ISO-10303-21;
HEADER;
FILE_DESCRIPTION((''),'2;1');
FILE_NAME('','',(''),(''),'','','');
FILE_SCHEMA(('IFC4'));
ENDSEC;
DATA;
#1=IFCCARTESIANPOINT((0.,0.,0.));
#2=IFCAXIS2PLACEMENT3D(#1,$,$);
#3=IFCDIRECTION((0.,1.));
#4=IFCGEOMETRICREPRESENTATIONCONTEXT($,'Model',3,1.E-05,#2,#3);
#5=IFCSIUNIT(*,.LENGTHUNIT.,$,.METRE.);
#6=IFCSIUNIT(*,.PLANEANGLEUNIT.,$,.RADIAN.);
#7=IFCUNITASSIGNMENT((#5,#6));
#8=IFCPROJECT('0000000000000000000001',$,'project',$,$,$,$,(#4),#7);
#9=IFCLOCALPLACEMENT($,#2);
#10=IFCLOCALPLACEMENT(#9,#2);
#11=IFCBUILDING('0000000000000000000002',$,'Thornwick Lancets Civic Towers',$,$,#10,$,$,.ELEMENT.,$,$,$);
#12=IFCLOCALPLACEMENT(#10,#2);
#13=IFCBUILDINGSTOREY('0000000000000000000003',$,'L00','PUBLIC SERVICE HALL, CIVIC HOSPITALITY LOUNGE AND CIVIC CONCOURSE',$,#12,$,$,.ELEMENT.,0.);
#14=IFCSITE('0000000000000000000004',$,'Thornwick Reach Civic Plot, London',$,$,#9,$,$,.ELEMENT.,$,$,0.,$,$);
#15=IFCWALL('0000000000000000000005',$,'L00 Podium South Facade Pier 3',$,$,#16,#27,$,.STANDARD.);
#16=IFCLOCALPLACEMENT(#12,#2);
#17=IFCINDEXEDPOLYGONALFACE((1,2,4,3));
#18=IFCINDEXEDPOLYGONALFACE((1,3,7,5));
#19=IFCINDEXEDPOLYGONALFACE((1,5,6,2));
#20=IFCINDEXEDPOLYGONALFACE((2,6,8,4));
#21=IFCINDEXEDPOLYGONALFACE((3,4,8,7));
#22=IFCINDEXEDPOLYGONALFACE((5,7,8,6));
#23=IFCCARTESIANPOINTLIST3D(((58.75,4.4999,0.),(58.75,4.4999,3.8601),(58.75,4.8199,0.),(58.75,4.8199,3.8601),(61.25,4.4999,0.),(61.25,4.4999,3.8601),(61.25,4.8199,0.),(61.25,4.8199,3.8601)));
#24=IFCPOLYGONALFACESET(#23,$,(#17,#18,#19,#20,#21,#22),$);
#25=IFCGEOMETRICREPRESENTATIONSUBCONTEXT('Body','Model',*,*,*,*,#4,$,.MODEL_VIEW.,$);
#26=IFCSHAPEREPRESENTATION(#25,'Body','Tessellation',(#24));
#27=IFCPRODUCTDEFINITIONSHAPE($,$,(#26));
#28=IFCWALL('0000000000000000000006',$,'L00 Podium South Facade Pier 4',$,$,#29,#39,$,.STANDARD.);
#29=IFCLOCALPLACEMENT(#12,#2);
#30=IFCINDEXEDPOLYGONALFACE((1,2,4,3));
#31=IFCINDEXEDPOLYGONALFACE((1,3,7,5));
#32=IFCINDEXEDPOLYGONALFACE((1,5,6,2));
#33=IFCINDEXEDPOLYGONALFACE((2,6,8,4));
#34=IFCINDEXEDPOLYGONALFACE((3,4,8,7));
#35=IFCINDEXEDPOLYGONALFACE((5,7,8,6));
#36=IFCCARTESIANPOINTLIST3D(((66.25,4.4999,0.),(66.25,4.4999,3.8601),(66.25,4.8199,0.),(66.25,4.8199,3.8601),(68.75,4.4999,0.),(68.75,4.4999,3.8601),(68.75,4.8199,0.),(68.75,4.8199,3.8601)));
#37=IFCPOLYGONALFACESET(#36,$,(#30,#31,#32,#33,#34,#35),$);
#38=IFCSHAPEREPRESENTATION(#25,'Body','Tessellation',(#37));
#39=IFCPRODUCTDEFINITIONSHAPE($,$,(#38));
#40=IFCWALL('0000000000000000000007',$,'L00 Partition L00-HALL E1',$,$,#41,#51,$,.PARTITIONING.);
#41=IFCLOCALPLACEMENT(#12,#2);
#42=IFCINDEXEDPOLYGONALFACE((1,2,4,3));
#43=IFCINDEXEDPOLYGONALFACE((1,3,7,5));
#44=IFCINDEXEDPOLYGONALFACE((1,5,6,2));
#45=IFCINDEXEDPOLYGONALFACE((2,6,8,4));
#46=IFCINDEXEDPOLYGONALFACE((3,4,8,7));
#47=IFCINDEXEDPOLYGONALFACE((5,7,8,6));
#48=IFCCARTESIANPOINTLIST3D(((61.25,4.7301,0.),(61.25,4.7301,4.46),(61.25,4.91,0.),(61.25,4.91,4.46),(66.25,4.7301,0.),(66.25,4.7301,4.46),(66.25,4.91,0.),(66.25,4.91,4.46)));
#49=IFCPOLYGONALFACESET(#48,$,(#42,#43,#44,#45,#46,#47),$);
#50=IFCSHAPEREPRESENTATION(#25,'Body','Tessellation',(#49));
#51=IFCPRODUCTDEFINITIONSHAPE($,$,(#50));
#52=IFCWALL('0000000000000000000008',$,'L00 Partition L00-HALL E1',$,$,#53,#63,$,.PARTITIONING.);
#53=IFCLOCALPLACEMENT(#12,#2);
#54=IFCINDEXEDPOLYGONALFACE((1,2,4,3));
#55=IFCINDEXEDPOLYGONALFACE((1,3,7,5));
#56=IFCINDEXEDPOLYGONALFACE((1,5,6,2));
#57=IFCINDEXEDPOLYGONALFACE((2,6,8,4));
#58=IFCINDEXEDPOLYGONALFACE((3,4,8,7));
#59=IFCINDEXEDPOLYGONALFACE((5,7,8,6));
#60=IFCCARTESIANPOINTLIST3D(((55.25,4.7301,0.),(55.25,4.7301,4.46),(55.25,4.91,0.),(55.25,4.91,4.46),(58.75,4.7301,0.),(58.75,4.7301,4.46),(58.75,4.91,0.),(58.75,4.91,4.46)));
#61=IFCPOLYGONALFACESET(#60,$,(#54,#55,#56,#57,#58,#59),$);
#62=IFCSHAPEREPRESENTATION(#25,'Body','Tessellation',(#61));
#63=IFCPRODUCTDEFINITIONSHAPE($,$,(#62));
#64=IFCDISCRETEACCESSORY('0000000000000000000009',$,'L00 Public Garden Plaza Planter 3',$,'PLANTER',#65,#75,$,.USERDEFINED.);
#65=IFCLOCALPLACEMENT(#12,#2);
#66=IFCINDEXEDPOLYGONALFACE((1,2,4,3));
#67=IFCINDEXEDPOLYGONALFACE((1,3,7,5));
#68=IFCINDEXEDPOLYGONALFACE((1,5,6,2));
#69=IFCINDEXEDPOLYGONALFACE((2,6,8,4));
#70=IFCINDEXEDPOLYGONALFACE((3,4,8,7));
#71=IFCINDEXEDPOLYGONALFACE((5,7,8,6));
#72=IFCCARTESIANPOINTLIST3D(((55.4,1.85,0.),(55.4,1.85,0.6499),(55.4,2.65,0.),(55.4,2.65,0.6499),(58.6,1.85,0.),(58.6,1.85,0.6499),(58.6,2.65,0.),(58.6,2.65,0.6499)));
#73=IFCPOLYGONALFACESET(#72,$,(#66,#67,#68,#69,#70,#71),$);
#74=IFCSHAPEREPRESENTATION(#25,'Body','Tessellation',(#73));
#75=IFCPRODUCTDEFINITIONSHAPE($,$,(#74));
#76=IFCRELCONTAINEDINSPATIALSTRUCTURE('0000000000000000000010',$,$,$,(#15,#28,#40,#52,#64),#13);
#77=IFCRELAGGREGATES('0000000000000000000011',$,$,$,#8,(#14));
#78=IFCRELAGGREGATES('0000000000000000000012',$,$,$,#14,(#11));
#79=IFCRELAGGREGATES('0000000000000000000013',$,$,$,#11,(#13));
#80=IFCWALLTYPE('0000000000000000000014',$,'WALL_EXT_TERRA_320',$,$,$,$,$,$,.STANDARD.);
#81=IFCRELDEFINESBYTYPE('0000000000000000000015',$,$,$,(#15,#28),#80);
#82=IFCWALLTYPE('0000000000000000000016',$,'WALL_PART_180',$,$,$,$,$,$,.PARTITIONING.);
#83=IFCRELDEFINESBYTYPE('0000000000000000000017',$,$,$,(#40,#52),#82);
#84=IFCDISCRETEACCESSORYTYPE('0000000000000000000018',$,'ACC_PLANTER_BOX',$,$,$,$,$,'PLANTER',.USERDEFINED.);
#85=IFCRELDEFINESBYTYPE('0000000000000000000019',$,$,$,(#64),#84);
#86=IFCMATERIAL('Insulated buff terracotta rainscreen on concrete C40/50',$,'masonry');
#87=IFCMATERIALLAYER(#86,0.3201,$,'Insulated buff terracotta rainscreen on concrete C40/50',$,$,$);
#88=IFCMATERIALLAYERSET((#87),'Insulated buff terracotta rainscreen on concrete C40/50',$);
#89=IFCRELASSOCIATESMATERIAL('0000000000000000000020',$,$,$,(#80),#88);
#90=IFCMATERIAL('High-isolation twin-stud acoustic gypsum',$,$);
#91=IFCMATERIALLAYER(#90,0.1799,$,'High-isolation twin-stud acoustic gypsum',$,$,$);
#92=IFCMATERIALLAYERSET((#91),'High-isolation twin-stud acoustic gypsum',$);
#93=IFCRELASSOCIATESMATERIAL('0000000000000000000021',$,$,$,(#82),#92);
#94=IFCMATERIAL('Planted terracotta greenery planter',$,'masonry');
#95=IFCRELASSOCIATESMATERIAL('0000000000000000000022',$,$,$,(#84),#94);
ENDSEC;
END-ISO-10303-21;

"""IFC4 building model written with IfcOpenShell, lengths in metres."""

from ifc_helpers import new_model, si_unit, direction, frame, frame_2d, origin, origin_2d, place, context, subcontext, project, spatial, rectangle, extrude, material, layer, layer_set, type_object, element, save


model = new_model("IFC4")

# Units and contexts
model_context = context("Model", 3, precision=1e-05, world=origin(), true_north=direction((0.0, 1.0)))
body_context = subcontext(model_context, "Body", "Model", "MODEL_VIEW")
ifc_project = project(units=[si_unit("LENGTHUNIT", "METRE"), si_unit("PLANEANGLEUNIT", "RADIAN")], contexts=[model_context])

# Site, building, storey
site_placement = place(None, origin())
site = spatial("IfcSite", under=ifc_project, at=site_placement, Name="Thornwick Reach Civic Plot, London", CompositionType="ELEMENT", RefElevation=0.0)
building_placement = place(site_placement, origin())
building = spatial("IfcBuilding", under=site, at=building_placement, Name="Thornwick Lancets Civic Towers", CompositionType="ELEMENT")
storey_placement = place(building_placement, origin())
storey = spatial("IfcBuildingStorey", under=building, at=storey_placement, Name="L00", Description="PUBLIC SERVICE HALL, CIVIC HOSPITALITY LOUNGE AND CIVIC CONCOURSE", CompositionType="ELEMENT", Elevation=0.0)

# Walls
ifc_material_1 = material(Name="Insulated buff terracotta rainscreen on concrete C40/50", Category="masonry")
ifc_layer_1 = layer(ifc_material_1, 0.3201, Name="Insulated buff terracotta rainscreen on concrete C40/50")
ifc_layer_set_1 = layer_set([ifc_layer_1], Name="Insulated buff terracotta rainscreen on concrete C40/50")
wall_type_1 = type_object("IfcWallType", Name="WALL_EXT_TERRA_320", PredefinedType="STANDARD", material=ifc_layer_set_1)
for number, where, z_axis, x_axis, name in (
    (1, (58.75, 4.6599, 0.0), (0.0, 0.0, 1.0), (1.0, 0.0, 0.0), "L00 Podium South Facade Pier 3"),
    (2, (66.25, 4.6599, 0.0), (0.0, 0.0, 1.0), (1.0, 0.0, 0.0), "L00 Podium South Facade Pier 4"),
):
    element("IfcWall", number, at=place(storey_placement, frame(where, z_axis=z_axis, x_axis=x_axis)), inside=storey, type_object=wall_type_1, Name=name, PredefinedType="STANDARD", context=body_context, shape_type="SweptSolid", body=[
        extrude(rectangle(XDim=2.5, YDim=0.3201, at=frame_2d((1.25, 0.0))), origin(), (0.0, 0.0, 1.0), 3.8601),
    ])
ifc_material_2 = material(Name="High-isolation twin-stud acoustic gypsum")
ifc_layer_2 = layer(ifc_material_2, 0.1799, Name="High-isolation twin-stud acoustic gypsum")
ifc_layer_set_2 = layer_set([ifc_layer_2], Name="High-isolation twin-stud acoustic gypsum")
wall_type_2 = type_object("IfcWallType", Name="WALL_PART_180", PredefinedType="PARTITIONING", material=ifc_layer_set_2)
wall_1_placement = place(storey_placement, frame((66.25, 4.8201, 0.0), z_axis=(0.0, 0.0, 1.0), x_axis=(-1.0, 0.0, 0.0)))
element("IfcWall", 3, at=wall_1_placement, inside=storey, type_object=wall_type_2, Name="L00 Partition L00-HALL E1", PredefinedType="PARTITIONING", context=body_context, shape_type="SweptSolid", body=[
    extrude(rectangle(XDim=5.0, YDim=0.1799, at=frame_2d((2.5, 0.0))), origin(), (0.0, 0.0, 1.0), 4.46),
])
wall_2_placement = place(storey_placement, frame((58.75, 4.8201, 0.0), z_axis=(0.0, 0.0, 1.0), x_axis=(-1.0, 0.0, 0.0)))
element("IfcWall", 4, at=wall_2_placement, inside=storey, type_object=wall_type_2, Name="L00 Partition L00-HALL E1", PredefinedType="PARTITIONING", context=body_context, shape_type="SweptSolid", body=[
    extrude(rectangle(XDim=3.5, YDim=0.1799, at=frame_2d((1.75, 0.0))), origin(), (0.0, 0.0, 1.0), 4.46),
])

# Discrete accessory
ifc_material_3 = material(Name="Planted terracotta greenery planter", Category="masonry")
discrete_accessory_type = type_object("IfcDiscreteAccessoryType", Name="ACC_PLANTER_BOX", ElementType="PLANTER", PredefinedType="USERDEFINED", material=ifc_material_3)
discrete_accessory_placement = place(storey_placement, frame((57.0, 2.25, 0.0), z_axis=(0.0, 0.0, 1.0), x_axis=(1.0, 0.0, 0.0)))
element("IfcDiscreteAccessory", 5, at=discrete_accessory_placement, inside=storey, type_object=discrete_accessory_type, Name="L00 Public Garden Plaza Planter 3", ObjectType="PLANTER", PredefinedType="USERDEFINED", context=body_context, shape_type="SweptSolid", body=[
    extrude(rectangle(XDim=3.2, YDim=0.8, at=origin_2d()), origin(), (0.0, 0.0, 1.0), 0.6499),
])

save(model, "model.ifc")
